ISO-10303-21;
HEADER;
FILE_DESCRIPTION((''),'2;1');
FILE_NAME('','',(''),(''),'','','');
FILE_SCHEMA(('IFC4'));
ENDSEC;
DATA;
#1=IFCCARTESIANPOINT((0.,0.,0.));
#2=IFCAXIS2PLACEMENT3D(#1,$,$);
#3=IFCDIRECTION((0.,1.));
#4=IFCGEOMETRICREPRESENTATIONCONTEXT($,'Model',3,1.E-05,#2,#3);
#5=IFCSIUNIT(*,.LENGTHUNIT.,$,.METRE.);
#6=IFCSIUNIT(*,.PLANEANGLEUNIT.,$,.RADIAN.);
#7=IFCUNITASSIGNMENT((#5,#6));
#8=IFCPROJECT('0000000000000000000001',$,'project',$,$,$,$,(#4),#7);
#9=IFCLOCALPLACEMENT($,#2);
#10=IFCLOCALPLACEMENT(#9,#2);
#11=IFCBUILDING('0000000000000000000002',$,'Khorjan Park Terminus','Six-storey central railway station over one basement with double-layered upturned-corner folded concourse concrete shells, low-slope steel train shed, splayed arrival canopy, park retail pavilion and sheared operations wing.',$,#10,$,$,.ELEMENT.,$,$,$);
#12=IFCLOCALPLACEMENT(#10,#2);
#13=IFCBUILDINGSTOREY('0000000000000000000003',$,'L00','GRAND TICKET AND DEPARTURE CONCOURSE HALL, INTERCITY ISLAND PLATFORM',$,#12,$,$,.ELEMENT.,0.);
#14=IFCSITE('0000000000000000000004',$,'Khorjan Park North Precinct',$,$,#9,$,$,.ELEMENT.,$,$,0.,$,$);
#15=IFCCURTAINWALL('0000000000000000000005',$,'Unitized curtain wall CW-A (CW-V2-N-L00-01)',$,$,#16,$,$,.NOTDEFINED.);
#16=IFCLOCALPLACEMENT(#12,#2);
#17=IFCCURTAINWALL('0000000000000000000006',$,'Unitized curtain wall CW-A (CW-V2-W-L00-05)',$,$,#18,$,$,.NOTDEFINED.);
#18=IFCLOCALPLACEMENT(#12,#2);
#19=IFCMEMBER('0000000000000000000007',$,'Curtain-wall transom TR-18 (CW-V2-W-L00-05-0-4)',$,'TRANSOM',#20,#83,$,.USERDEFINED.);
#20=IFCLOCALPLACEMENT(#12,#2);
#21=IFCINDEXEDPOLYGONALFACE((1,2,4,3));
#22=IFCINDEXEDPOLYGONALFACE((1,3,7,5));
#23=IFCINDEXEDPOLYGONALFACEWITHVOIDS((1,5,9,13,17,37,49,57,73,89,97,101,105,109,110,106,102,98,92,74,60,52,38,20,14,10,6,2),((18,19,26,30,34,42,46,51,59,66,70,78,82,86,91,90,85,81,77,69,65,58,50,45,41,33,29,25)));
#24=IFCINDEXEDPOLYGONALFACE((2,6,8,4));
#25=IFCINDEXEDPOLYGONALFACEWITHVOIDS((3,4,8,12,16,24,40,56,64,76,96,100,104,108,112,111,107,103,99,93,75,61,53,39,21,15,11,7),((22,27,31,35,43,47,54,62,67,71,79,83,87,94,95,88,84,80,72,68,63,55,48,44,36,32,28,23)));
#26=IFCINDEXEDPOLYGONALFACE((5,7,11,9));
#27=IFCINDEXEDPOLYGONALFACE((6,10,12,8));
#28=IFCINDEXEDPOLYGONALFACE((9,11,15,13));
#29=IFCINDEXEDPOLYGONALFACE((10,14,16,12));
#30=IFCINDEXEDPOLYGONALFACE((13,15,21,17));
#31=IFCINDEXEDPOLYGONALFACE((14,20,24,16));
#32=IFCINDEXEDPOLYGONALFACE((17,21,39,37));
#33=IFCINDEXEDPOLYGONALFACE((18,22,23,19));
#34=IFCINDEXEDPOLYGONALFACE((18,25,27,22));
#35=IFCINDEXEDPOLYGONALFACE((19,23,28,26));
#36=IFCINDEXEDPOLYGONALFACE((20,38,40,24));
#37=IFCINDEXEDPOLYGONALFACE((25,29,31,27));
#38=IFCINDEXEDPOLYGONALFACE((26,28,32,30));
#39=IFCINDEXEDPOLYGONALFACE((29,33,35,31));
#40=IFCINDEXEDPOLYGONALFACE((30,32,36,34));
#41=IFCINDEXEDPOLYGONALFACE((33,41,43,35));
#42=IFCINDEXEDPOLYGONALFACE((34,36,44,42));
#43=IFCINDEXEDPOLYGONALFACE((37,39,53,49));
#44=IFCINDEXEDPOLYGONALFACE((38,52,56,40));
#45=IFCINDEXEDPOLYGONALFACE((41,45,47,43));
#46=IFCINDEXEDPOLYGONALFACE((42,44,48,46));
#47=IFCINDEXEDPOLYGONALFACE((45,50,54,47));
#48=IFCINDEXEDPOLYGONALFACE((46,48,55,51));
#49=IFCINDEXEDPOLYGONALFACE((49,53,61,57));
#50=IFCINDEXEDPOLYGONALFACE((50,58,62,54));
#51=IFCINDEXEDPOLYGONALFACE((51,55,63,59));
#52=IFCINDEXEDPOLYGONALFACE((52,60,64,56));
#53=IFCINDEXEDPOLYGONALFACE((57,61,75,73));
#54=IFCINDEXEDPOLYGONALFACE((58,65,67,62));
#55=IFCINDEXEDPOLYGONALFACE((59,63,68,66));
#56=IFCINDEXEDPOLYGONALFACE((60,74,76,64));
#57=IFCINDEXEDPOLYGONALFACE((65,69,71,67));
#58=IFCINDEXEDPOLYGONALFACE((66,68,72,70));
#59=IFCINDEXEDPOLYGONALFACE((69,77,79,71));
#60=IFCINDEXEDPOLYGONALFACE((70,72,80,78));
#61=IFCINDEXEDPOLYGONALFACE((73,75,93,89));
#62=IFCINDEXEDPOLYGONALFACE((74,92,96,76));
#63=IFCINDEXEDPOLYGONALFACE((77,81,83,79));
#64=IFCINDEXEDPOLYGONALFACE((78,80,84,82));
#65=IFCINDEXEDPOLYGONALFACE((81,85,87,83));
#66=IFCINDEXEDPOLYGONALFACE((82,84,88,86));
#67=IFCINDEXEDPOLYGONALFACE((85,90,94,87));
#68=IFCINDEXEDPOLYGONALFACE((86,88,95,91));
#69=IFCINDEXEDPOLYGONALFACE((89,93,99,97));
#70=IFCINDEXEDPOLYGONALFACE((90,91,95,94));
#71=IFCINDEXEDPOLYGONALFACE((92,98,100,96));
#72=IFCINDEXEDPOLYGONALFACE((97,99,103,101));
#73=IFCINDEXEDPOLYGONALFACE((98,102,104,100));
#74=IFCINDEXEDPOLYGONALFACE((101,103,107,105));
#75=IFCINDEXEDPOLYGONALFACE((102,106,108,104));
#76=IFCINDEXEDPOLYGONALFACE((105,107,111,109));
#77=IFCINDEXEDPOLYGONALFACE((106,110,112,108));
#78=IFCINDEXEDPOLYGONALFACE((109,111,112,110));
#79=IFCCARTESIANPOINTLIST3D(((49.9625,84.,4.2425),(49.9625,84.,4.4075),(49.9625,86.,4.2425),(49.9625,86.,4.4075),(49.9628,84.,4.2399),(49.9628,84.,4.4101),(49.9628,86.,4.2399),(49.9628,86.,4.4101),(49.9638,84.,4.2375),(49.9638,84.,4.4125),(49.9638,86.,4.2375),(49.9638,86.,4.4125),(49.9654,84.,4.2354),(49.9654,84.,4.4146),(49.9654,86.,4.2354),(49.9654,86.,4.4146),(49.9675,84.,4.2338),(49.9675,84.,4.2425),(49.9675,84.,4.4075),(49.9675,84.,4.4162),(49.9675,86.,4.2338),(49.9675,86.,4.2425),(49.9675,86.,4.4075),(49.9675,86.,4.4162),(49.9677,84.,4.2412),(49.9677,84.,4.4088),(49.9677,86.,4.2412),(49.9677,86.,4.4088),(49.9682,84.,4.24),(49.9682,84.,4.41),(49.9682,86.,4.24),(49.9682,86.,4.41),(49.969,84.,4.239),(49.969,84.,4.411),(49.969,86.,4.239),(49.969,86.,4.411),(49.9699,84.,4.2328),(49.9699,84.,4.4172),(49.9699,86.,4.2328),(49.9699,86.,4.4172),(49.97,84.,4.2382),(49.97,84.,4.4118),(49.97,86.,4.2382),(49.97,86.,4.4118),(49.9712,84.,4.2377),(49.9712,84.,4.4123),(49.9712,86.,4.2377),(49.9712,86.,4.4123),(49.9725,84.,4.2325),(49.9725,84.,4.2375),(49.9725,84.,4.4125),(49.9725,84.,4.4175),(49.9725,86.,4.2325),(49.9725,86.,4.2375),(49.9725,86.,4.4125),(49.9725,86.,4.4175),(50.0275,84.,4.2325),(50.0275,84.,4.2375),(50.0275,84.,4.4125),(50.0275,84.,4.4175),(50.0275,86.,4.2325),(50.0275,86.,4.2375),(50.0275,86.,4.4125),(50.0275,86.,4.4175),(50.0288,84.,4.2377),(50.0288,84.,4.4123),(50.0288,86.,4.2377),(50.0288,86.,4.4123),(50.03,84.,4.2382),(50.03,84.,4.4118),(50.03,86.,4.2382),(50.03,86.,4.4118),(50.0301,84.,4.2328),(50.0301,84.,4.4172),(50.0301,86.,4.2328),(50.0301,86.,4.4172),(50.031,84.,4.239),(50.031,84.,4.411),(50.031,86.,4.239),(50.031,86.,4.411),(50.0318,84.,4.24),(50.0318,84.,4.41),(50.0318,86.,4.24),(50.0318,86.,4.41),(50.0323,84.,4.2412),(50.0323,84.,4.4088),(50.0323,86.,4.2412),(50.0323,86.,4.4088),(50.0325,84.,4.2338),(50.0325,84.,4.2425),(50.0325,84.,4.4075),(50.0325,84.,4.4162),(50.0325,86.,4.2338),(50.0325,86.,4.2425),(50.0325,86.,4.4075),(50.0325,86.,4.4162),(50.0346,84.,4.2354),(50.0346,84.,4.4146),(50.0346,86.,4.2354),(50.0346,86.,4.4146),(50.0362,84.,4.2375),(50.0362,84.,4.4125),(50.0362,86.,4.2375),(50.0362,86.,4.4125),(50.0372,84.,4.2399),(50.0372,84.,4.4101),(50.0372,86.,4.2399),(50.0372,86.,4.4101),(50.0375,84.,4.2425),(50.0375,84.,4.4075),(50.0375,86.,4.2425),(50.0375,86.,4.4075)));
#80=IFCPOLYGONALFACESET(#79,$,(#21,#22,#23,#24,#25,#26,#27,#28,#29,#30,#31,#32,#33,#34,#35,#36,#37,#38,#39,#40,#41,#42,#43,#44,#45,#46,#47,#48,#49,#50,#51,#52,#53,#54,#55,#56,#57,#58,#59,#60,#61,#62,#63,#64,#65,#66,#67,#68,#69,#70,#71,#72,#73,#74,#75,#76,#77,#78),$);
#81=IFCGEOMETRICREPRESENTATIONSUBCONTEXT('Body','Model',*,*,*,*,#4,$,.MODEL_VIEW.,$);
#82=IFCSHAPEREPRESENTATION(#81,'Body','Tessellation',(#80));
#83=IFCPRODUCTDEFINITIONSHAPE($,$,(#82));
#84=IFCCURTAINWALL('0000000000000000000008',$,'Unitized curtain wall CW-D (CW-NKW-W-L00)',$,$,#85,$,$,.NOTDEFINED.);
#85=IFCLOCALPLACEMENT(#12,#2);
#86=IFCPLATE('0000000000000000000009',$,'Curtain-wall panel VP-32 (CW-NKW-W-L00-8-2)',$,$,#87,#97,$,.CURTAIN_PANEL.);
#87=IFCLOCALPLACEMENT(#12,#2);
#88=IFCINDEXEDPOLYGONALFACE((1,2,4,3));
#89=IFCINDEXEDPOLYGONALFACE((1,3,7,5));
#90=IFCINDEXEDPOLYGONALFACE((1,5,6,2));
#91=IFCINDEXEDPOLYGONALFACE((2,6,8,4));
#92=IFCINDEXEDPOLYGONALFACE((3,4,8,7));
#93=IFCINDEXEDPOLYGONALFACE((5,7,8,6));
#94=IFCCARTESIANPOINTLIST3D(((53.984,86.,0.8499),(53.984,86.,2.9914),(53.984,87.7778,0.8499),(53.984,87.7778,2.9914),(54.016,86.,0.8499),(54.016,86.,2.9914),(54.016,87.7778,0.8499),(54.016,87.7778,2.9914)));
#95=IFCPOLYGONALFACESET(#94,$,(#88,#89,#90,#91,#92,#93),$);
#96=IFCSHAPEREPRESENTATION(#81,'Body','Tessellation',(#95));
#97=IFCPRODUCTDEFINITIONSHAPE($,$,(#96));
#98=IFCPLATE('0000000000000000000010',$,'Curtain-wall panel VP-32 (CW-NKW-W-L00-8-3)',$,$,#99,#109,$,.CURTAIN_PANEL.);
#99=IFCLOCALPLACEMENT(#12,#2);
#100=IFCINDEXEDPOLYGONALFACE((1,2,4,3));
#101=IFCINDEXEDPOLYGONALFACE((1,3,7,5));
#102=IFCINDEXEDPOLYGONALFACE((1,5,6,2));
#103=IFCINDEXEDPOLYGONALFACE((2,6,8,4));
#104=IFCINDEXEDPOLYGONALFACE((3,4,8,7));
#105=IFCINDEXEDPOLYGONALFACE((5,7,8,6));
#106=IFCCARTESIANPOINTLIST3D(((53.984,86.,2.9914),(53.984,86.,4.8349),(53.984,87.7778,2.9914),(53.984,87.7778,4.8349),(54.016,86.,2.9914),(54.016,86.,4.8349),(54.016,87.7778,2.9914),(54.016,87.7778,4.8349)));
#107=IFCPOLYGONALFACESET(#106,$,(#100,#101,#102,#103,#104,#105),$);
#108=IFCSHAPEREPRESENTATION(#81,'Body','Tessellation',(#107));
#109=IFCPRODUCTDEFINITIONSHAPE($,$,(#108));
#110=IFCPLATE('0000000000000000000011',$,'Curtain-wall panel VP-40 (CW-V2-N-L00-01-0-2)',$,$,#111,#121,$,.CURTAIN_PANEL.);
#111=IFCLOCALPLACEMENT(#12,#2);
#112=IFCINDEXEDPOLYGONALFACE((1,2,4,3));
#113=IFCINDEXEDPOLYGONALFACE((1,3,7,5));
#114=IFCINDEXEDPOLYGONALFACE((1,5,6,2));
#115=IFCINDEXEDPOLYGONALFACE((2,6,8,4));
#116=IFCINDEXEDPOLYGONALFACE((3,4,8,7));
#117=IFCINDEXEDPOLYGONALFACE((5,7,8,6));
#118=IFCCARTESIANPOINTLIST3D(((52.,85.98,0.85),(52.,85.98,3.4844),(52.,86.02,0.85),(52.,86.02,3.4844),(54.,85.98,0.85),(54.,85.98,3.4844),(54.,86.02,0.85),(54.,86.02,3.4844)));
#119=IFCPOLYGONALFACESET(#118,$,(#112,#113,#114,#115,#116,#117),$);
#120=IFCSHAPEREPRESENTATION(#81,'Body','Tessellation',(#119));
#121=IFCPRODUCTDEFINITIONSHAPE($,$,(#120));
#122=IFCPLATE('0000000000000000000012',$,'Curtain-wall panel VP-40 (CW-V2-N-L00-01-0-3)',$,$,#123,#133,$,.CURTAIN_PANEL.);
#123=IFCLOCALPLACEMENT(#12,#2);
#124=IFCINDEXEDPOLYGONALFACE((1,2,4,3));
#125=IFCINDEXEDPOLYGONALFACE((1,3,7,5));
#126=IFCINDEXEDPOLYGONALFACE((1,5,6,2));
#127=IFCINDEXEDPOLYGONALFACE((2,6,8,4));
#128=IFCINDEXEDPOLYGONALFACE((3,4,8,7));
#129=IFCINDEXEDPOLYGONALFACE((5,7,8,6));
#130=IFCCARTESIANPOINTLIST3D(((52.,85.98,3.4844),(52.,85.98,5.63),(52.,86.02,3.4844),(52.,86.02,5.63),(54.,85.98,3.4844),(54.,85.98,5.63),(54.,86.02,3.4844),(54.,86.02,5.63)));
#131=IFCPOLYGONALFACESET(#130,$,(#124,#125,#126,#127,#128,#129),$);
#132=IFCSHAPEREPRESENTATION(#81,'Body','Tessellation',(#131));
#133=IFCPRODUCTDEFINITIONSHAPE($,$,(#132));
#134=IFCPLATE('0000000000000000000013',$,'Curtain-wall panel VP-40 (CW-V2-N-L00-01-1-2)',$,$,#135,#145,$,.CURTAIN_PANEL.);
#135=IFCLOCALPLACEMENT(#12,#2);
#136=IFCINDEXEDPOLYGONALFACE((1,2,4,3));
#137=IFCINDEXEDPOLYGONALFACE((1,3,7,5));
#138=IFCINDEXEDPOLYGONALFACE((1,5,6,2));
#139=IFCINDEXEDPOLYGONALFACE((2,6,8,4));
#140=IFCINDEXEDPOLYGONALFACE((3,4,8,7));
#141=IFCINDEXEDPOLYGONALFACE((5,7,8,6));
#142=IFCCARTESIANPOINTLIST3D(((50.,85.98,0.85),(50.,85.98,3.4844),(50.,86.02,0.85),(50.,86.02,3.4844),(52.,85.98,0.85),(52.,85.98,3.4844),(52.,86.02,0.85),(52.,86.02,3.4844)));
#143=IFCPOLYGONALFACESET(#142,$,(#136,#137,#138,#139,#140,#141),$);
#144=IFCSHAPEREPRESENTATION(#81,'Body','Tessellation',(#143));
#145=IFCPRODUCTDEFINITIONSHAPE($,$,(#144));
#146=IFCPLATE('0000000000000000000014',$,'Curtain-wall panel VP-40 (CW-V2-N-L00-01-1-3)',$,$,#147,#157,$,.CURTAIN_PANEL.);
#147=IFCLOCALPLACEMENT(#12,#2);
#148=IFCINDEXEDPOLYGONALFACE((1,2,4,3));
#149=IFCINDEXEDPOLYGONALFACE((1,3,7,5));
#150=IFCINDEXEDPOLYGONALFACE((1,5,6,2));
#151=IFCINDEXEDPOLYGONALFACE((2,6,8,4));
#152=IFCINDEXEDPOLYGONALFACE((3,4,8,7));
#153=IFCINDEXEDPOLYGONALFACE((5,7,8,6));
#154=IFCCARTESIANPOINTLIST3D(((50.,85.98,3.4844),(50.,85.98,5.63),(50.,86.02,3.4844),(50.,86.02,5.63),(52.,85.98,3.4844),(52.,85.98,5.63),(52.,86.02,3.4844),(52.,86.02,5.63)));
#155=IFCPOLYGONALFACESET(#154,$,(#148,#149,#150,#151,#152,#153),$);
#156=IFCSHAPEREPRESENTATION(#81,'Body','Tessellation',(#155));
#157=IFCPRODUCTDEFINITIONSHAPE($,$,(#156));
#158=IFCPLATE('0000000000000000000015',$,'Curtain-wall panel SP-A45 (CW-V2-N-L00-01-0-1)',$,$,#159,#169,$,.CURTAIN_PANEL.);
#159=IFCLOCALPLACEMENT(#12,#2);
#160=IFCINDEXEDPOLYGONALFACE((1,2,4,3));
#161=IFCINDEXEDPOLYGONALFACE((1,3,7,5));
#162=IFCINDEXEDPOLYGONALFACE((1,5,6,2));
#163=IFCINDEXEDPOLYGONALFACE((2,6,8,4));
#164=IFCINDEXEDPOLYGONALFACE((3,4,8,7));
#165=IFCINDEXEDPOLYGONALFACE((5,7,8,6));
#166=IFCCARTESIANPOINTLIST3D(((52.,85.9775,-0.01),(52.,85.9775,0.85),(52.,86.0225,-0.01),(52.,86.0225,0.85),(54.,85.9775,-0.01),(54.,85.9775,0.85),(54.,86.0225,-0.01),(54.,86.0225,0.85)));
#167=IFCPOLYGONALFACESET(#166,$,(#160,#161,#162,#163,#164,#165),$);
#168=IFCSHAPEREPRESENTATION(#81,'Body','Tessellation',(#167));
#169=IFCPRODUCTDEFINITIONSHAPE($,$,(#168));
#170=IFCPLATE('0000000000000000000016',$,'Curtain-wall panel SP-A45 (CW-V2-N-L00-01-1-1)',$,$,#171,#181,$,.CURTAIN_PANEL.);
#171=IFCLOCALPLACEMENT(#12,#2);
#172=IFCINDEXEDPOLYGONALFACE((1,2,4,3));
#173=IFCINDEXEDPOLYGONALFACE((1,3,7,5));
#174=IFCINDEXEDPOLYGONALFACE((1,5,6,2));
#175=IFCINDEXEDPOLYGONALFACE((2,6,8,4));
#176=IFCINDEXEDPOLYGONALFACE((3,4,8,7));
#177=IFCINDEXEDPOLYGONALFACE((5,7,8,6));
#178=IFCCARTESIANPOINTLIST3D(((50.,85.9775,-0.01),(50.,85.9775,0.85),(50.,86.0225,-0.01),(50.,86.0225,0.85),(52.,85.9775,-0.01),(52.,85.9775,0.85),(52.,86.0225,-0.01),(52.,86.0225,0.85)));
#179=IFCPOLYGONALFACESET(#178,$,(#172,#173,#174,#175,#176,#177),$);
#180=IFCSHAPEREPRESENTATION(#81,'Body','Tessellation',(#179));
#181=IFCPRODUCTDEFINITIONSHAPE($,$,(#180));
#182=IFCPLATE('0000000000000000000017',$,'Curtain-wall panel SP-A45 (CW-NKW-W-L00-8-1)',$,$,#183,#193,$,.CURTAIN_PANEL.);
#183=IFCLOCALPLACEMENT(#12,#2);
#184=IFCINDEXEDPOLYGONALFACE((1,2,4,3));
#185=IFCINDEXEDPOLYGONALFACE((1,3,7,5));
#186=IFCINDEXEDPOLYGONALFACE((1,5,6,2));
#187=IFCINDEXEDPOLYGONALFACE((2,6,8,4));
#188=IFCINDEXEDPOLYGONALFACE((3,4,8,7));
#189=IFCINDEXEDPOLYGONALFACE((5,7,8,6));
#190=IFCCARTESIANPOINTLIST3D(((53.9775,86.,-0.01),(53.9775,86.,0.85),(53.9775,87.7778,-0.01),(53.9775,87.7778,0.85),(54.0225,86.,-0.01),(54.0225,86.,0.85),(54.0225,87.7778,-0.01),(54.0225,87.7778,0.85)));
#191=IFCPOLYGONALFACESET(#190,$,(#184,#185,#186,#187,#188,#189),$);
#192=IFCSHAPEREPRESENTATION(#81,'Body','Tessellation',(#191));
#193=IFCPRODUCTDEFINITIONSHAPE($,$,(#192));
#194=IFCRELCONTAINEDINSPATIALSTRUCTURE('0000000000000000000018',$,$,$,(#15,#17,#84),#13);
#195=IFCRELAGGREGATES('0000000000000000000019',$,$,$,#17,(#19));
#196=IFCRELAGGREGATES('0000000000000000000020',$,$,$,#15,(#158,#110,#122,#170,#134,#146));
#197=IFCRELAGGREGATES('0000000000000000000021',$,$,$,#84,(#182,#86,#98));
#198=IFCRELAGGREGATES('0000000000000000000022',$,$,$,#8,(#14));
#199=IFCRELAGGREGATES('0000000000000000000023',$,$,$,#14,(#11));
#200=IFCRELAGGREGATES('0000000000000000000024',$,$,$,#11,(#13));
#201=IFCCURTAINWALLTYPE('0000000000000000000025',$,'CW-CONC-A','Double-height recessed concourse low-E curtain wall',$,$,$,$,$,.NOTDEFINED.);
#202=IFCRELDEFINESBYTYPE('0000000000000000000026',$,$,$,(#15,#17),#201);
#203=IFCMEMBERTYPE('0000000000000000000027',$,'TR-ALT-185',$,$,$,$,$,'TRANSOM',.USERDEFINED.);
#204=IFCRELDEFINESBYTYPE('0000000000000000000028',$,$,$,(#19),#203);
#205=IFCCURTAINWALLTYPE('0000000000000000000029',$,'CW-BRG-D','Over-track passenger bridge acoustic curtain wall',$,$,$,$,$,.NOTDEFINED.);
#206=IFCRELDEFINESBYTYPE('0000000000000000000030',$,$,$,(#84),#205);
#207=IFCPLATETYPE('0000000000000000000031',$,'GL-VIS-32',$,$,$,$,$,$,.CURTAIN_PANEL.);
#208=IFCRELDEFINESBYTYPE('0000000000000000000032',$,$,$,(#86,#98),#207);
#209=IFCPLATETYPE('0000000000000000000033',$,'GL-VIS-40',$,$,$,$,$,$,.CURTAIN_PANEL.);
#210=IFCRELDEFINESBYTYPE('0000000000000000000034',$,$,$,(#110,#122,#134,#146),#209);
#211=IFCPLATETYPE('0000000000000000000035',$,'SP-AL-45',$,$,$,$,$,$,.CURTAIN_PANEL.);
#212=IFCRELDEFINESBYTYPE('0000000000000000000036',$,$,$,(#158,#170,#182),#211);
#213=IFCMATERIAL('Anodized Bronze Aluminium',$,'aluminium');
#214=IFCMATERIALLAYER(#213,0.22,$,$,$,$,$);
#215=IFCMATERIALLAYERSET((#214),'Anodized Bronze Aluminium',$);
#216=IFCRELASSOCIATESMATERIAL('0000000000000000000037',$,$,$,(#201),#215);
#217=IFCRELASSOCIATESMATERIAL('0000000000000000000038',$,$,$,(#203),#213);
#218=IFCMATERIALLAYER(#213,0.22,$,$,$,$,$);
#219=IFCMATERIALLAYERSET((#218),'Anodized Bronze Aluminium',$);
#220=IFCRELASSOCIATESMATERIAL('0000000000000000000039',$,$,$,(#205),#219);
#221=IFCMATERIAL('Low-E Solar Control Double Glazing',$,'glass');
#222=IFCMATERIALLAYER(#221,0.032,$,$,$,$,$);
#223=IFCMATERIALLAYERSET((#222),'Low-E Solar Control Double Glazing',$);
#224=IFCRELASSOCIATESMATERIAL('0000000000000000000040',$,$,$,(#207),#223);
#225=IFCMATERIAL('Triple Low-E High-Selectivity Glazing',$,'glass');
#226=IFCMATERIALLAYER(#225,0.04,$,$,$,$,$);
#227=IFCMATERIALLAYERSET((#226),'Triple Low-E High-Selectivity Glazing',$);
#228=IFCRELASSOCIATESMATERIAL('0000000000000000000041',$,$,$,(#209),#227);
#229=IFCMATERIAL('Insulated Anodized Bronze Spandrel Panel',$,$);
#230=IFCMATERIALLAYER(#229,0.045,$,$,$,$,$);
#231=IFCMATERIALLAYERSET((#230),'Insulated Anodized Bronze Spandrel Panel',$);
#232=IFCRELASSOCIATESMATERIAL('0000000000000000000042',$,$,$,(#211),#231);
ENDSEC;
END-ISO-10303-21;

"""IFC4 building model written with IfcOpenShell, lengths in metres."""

from ifc_helpers import new_model, si_unit, direction, frame, origin, origin_2d, place, context, subcontext, project, spatial, rectangle, hollow_rectangle, extrude, material, layer, layer_set, material_profile, profile_set, type_object, element, aggregate, save


model = new_model("IFC4")

# Units and contexts
model_context = context("Model", 3, precision=1e-05, world=origin(), true_north=direction((0.0, 1.0)))
body_context = subcontext(model_context, "Body", "Model", "MODEL_VIEW")
ifc_project = project(units=[si_unit("LENGTHUNIT", "METRE"), si_unit("PLANEANGLEUNIT", "RADIAN")], contexts=[model_context])

# Site, building, storey
site_placement = place(None, origin())
site = spatial("IfcSite", under=ifc_project, at=site_placement, Name="Khorjan Park North Precinct", CompositionType="ELEMENT", RefElevation=0.0)
building_placement = place(site_placement, origin())
building = spatial("IfcBuilding", under=site, at=building_placement, Name="Khorjan Park Terminus", Description="Six-storey central railway station over one basement with double-layered upturned-corner folded concourse concrete shells, low-slope steel train shed, splayed arrival canopy, park retail pavilion and sheared operations wing.", CompositionType="ELEMENT")
storey_placement = place(building_placement, origin())
storey = spatial("IfcBuildingStorey", under=building, at=storey_placement, Name="L00", Description="GRAND TICKET AND DEPARTURE CONCOURSE HALL, INTERCITY ISLAND PLATFORM", CompositionType="ELEMENT", Elevation=0.0)

# Curtain walls, member
ifc_material_1 = material(Name="Anodized Bronze Aluminium", Category="aluminium")
ifc_layer_1 = layer(ifc_material_1, 0.22)
ifc_layer_set_1 = layer_set([ifc_layer_1], Name="Anodized Bronze Aluminium")
curtain_wall_type_1 = type_object("IfcCurtainWallType", Name="CW-CONC-A", Description="Double-height recessed concourse low-E curtain wall", PredefinedType="NOTDEFINED", material=ifc_layer_set_1)
curtain_wall_1_placement = place(storey_placement, origin())
curtain_wall_1 = element("IfcCurtainWall", 1, at=curtain_wall_1_placement, inside=storey, type_object=curtain_wall_type_1, Name="Unitized curtain wall CW-A (CW-V2-N-L00-01)", PredefinedType="NOTDEFINED")
ifc_material_profile_1 = material_profile(ifc_material_1, hollow_rectangle(XDim=0.075, YDim=0.185, WallThickness=0.005, InnerFilletRadius=0.005, OuterFilletRadius=0.01, at=origin_2d()), Name="ALT 75x185x5")
ifc_profile_set_1 = profile_set([ifc_material_profile_1], Name="Anodized Bronze Aluminium")
member_type_1 = type_object("IfcMemberType", Name="TR-ALT-185", ElementType="TRANSOM", PredefinedType="USERDEFINED", material=ifc_profile_set_1)
curtain_wall_2_placement = place(storey_placement, origin())
curtain_wall_2 = element("IfcCurtainWall", 2, at=curtain_wall_2_placement, inside=storey, type_object=curtain_wall_type_1, Name="Unitized curtain wall CW-A (CW-V2-W-L00-05)", PredefinedType="NOTDEFINED")
member_1_placement = place(storey_placement, frame((50.0, 86.0, 4.325), z_axis=(0.0, -1.0, 0.0), x_axis=(1.0, 0.0, 0.0)))
member_1 = element("IfcMember", 3, at=member_1_placement, type_object=member_type_1, Name="Curtain-wall transom TR-18 (CW-V2-W-L00-05-0-4)", ObjectType="TRANSOM", PredefinedType="USERDEFINED", context=body_context, shape_type="SweptSolid", body=[
    extrude(hollow_rectangle(XDim=0.075, YDim=0.185, WallThickness=0.005, InnerFilletRadius=0.005, OuterFilletRadius=0.01, at=origin_2d()), origin(), (0.0, 0.0, 1.0), 2.0),
])
aggregate(curtain_wall_2, [member_1])

# Curtain wall, plates
ifc_layer_2 = layer(ifc_material_1, 0.22)
ifc_layer_set_2 = layer_set([ifc_layer_2], Name="Anodized Bronze Aluminium")
curtain_wall_type_2 = type_object("IfcCurtainWallType", Name="CW-BRG-D", Description="Over-track passenger bridge acoustic curtain wall", PredefinedType="NOTDEFINED", material=ifc_layer_set_2)
curtain_wall_3_placement = place(storey_placement, origin())
curtain_wall_3 = element("IfcCurtainWall", 4, at=curtain_wall_3_placement, inside=storey, type_object=curtain_wall_type_2, Name="Unitized curtain wall CW-D (CW-NKW-W-L00)", PredefinedType="NOTDEFINED")
ifc_material_2 = material(Name="Low-E Solar Control Double Glazing", Category="glass")
ifc_layer_3 = layer(ifc_material_2, 0.032)
ifc_layer_set_3 = layer_set([ifc_layer_3], Name="Low-E Solar Control Double Glazing")
plate_type_1 = type_object("IfcPlateType", Name="GL-VIS-32", PredefinedType="CURTAIN_PANEL", material=ifc_layer_set_3)
plate_1_placement = place(storey_placement, frame((54.0, 86.8889, 0.8499), z_axis=(0.0, 0.0, 1.0), x_axis=(0.0, -1.0, 0.0)))
plate_1 = element("IfcPlate", 5, at=plate_1_placement, type_object=plate_type_1, Name="Curtain-wall panel VP-32 (CW-NKW-W-L00-8-2)", PredefinedType="CURTAIN_PANEL", context=body_context, shape_type="SweptSolid", body=[
    extrude(rectangle(XDim=1.7778, YDim=0.032, at=origin_2d()), origin(), (0.0, 0.0, 1.0), 2.1415),
])
plate_2_placement = place(storey_placement, frame((54.0, 86.8889, 2.9914), z_axis=(0.0, 0.0, 1.0), x_axis=(0.0, -1.0, 0.0)))
plate_2 = element("IfcPlate", 6, at=plate_2_placement, type_object=plate_type_1, Name="Curtain-wall panel VP-32 (CW-NKW-W-L00-8-3)", PredefinedType="CURTAIN_PANEL", context=body_context, shape_type="SweptSolid", body=[
    extrude(rectangle(XDim=1.7778, YDim=0.032, at=origin_2d()), origin(), (0.0, 0.0, 1.0), 1.8435),
])

# Plates
ifc_material_3 = material(Name="Triple Low-E High-Selectivity Glazing", Category="glass")
ifc_layer_4 = layer(ifc_material_3, 0.04)
ifc_layer_set_4 = layer_set([ifc_layer_4], Name="Triple Low-E High-Selectivity Glazing")
plate_type_2 = type_object("IfcPlateType", Name="GL-VIS-40", PredefinedType="CURTAIN_PANEL", material=ifc_layer_set_4)
plate_3_placement = place(storey_placement, frame((53.0, 86.0, 0.85), z_axis=(0.0, 0.0, 1.0), x_axis=(-1.0, 0.0, 0.0)))
plate_3 = element("IfcPlate", 7, at=plate_3_placement, type_object=plate_type_2, Name="Curtain-wall panel VP-40 (CW-V2-N-L00-01-0-2)", PredefinedType="CURTAIN_PANEL", context=body_context, shape_type="SweptSolid", body=[
    extrude(rectangle(XDim=2.0, YDim=0.04, at=origin_2d()), origin(), (0.0, 0.0, 1.0), 2.6344),
])
plate_4_placement = place(storey_placement, frame((53.0, 86.0, 3.4844), z_axis=(0.0, 0.0, 1.0), x_axis=(-1.0, 0.0, 0.0)))
plate_4 = element("IfcPlate", 8, at=plate_4_placement, type_object=plate_type_2, Name="Curtain-wall panel VP-40 (CW-V2-N-L00-01-0-3)", PredefinedType="CURTAIN_PANEL", context=body_context, shape_type="SweptSolid", body=[
    extrude(rectangle(XDim=2.0, YDim=0.04, at=origin_2d()), origin(), (0.0, 0.0, 1.0), 2.1456),
])
plate_5_placement = place(storey_placement, frame((51.0, 86.0, 0.85), z_axis=(0.0, 0.0, 1.0), x_axis=(-1.0, 0.0, 0.0)))
plate_5 = element("IfcPlate", 9, at=plate_5_placement, type_object=plate_type_2, Name="Curtain-wall panel VP-40 (CW-V2-N-L00-01-1-2)", PredefinedType="CURTAIN_PANEL", context=body_context, shape_type="SweptSolid", body=[
    extrude(rectangle(XDim=2.0, YDim=0.04, at=origin_2d()), origin(), (0.0, 0.0, 1.0), 2.6344),
])
plate_6_placement = place(storey_placement, frame((51.0, 86.0, 3.4844), z_axis=(0.0, 0.0, 1.0), x_axis=(-1.0, 0.0, 0.0)))
plate_6 = element("IfcPlate", 10, at=plate_6_placement, type_object=plate_type_2, Name="Curtain-wall panel VP-40 (CW-V2-N-L00-01-1-3)", PredefinedType="CURTAIN_PANEL", context=body_context, shape_type="SweptSolid", body=[
    extrude(rectangle(XDim=2.0, YDim=0.04, at=origin_2d()), origin(), (0.0, 0.0, 1.0), 2.1456),
])
ifc_material_4 = material(Name="Insulated Anodized Bronze Spandrel Panel")
ifc_layer_5 = layer(ifc_material_4, 0.045)
ifc_layer_set_5 = layer_set([ifc_layer_5], Name="Insulated Anodized Bronze Spandrel Panel")
plate_type_3 = type_object("IfcPlateType", Name="SP-AL-45", PredefinedType="CURTAIN_PANEL", material=ifc_layer_set_5)
plate_7_placement = place(storey_placement, frame((53.0, 86.0, -0.01), z_axis=(0.0, 0.0, 1.0), x_axis=(-1.0, 0.0, 0.0)))
plate_7 = element("IfcPlate", 11, at=plate_7_placement, type_object=plate_type_3, Name="Curtain-wall panel SP-A45 (CW-V2-N-L00-01-0-1)", PredefinedType="CURTAIN_PANEL", context=body_context, shape_type="SweptSolid", body=[
    extrude(rectangle(XDim=2.0, YDim=0.045, at=origin_2d()), origin(), (0.0, 0.0, 1.0), 0.86),
])
plate_8_placement = place(storey_placement, frame((51.0, 86.0, -0.01), z_axis=(0.0, 0.0, 1.0), x_axis=(-1.0, 0.0, 0.0)))
plate_8 = element("IfcPlate", 12, at=plate_8_placement, type_object=plate_type_3, Name="Curtain-wall panel SP-A45 (CW-V2-N-L00-01-1-1)", PredefinedType="CURTAIN_PANEL", context=body_context, shape_type="SweptSolid", body=[
    extrude(rectangle(XDim=2.0, YDim=0.045, at=origin_2d()), origin(), (0.0, 0.0, 1.0), 0.86),
])
aggregate(curtain_wall_1, [plate_7, plate_3, plate_4, plate_8, plate_5, plate_6])
plate_9_placement = place(storey_placement, frame((54.0, 86.8889, -0.01), z_axis=(0.0, 0.0, 1.0), x_axis=(0.0, -1.0, 0.0)))
plate_9 = element("IfcPlate", 13, at=plate_9_placement, type_object=plate_type_3, Name="Curtain-wall panel SP-A45 (CW-NKW-W-L00-8-1)", PredefinedType="CURTAIN_PANEL", context=body_context, shape_type="SweptSolid", body=[
    extrude(rectangle(XDim=1.7778, YDim=0.045, at=origin_2d()), origin(), (0.0, 0.0, 1.0), 0.86),
])
aggregate(curtain_wall_3, [plate_9, plate_1, plate_2])

save(model, "model.ifc")
